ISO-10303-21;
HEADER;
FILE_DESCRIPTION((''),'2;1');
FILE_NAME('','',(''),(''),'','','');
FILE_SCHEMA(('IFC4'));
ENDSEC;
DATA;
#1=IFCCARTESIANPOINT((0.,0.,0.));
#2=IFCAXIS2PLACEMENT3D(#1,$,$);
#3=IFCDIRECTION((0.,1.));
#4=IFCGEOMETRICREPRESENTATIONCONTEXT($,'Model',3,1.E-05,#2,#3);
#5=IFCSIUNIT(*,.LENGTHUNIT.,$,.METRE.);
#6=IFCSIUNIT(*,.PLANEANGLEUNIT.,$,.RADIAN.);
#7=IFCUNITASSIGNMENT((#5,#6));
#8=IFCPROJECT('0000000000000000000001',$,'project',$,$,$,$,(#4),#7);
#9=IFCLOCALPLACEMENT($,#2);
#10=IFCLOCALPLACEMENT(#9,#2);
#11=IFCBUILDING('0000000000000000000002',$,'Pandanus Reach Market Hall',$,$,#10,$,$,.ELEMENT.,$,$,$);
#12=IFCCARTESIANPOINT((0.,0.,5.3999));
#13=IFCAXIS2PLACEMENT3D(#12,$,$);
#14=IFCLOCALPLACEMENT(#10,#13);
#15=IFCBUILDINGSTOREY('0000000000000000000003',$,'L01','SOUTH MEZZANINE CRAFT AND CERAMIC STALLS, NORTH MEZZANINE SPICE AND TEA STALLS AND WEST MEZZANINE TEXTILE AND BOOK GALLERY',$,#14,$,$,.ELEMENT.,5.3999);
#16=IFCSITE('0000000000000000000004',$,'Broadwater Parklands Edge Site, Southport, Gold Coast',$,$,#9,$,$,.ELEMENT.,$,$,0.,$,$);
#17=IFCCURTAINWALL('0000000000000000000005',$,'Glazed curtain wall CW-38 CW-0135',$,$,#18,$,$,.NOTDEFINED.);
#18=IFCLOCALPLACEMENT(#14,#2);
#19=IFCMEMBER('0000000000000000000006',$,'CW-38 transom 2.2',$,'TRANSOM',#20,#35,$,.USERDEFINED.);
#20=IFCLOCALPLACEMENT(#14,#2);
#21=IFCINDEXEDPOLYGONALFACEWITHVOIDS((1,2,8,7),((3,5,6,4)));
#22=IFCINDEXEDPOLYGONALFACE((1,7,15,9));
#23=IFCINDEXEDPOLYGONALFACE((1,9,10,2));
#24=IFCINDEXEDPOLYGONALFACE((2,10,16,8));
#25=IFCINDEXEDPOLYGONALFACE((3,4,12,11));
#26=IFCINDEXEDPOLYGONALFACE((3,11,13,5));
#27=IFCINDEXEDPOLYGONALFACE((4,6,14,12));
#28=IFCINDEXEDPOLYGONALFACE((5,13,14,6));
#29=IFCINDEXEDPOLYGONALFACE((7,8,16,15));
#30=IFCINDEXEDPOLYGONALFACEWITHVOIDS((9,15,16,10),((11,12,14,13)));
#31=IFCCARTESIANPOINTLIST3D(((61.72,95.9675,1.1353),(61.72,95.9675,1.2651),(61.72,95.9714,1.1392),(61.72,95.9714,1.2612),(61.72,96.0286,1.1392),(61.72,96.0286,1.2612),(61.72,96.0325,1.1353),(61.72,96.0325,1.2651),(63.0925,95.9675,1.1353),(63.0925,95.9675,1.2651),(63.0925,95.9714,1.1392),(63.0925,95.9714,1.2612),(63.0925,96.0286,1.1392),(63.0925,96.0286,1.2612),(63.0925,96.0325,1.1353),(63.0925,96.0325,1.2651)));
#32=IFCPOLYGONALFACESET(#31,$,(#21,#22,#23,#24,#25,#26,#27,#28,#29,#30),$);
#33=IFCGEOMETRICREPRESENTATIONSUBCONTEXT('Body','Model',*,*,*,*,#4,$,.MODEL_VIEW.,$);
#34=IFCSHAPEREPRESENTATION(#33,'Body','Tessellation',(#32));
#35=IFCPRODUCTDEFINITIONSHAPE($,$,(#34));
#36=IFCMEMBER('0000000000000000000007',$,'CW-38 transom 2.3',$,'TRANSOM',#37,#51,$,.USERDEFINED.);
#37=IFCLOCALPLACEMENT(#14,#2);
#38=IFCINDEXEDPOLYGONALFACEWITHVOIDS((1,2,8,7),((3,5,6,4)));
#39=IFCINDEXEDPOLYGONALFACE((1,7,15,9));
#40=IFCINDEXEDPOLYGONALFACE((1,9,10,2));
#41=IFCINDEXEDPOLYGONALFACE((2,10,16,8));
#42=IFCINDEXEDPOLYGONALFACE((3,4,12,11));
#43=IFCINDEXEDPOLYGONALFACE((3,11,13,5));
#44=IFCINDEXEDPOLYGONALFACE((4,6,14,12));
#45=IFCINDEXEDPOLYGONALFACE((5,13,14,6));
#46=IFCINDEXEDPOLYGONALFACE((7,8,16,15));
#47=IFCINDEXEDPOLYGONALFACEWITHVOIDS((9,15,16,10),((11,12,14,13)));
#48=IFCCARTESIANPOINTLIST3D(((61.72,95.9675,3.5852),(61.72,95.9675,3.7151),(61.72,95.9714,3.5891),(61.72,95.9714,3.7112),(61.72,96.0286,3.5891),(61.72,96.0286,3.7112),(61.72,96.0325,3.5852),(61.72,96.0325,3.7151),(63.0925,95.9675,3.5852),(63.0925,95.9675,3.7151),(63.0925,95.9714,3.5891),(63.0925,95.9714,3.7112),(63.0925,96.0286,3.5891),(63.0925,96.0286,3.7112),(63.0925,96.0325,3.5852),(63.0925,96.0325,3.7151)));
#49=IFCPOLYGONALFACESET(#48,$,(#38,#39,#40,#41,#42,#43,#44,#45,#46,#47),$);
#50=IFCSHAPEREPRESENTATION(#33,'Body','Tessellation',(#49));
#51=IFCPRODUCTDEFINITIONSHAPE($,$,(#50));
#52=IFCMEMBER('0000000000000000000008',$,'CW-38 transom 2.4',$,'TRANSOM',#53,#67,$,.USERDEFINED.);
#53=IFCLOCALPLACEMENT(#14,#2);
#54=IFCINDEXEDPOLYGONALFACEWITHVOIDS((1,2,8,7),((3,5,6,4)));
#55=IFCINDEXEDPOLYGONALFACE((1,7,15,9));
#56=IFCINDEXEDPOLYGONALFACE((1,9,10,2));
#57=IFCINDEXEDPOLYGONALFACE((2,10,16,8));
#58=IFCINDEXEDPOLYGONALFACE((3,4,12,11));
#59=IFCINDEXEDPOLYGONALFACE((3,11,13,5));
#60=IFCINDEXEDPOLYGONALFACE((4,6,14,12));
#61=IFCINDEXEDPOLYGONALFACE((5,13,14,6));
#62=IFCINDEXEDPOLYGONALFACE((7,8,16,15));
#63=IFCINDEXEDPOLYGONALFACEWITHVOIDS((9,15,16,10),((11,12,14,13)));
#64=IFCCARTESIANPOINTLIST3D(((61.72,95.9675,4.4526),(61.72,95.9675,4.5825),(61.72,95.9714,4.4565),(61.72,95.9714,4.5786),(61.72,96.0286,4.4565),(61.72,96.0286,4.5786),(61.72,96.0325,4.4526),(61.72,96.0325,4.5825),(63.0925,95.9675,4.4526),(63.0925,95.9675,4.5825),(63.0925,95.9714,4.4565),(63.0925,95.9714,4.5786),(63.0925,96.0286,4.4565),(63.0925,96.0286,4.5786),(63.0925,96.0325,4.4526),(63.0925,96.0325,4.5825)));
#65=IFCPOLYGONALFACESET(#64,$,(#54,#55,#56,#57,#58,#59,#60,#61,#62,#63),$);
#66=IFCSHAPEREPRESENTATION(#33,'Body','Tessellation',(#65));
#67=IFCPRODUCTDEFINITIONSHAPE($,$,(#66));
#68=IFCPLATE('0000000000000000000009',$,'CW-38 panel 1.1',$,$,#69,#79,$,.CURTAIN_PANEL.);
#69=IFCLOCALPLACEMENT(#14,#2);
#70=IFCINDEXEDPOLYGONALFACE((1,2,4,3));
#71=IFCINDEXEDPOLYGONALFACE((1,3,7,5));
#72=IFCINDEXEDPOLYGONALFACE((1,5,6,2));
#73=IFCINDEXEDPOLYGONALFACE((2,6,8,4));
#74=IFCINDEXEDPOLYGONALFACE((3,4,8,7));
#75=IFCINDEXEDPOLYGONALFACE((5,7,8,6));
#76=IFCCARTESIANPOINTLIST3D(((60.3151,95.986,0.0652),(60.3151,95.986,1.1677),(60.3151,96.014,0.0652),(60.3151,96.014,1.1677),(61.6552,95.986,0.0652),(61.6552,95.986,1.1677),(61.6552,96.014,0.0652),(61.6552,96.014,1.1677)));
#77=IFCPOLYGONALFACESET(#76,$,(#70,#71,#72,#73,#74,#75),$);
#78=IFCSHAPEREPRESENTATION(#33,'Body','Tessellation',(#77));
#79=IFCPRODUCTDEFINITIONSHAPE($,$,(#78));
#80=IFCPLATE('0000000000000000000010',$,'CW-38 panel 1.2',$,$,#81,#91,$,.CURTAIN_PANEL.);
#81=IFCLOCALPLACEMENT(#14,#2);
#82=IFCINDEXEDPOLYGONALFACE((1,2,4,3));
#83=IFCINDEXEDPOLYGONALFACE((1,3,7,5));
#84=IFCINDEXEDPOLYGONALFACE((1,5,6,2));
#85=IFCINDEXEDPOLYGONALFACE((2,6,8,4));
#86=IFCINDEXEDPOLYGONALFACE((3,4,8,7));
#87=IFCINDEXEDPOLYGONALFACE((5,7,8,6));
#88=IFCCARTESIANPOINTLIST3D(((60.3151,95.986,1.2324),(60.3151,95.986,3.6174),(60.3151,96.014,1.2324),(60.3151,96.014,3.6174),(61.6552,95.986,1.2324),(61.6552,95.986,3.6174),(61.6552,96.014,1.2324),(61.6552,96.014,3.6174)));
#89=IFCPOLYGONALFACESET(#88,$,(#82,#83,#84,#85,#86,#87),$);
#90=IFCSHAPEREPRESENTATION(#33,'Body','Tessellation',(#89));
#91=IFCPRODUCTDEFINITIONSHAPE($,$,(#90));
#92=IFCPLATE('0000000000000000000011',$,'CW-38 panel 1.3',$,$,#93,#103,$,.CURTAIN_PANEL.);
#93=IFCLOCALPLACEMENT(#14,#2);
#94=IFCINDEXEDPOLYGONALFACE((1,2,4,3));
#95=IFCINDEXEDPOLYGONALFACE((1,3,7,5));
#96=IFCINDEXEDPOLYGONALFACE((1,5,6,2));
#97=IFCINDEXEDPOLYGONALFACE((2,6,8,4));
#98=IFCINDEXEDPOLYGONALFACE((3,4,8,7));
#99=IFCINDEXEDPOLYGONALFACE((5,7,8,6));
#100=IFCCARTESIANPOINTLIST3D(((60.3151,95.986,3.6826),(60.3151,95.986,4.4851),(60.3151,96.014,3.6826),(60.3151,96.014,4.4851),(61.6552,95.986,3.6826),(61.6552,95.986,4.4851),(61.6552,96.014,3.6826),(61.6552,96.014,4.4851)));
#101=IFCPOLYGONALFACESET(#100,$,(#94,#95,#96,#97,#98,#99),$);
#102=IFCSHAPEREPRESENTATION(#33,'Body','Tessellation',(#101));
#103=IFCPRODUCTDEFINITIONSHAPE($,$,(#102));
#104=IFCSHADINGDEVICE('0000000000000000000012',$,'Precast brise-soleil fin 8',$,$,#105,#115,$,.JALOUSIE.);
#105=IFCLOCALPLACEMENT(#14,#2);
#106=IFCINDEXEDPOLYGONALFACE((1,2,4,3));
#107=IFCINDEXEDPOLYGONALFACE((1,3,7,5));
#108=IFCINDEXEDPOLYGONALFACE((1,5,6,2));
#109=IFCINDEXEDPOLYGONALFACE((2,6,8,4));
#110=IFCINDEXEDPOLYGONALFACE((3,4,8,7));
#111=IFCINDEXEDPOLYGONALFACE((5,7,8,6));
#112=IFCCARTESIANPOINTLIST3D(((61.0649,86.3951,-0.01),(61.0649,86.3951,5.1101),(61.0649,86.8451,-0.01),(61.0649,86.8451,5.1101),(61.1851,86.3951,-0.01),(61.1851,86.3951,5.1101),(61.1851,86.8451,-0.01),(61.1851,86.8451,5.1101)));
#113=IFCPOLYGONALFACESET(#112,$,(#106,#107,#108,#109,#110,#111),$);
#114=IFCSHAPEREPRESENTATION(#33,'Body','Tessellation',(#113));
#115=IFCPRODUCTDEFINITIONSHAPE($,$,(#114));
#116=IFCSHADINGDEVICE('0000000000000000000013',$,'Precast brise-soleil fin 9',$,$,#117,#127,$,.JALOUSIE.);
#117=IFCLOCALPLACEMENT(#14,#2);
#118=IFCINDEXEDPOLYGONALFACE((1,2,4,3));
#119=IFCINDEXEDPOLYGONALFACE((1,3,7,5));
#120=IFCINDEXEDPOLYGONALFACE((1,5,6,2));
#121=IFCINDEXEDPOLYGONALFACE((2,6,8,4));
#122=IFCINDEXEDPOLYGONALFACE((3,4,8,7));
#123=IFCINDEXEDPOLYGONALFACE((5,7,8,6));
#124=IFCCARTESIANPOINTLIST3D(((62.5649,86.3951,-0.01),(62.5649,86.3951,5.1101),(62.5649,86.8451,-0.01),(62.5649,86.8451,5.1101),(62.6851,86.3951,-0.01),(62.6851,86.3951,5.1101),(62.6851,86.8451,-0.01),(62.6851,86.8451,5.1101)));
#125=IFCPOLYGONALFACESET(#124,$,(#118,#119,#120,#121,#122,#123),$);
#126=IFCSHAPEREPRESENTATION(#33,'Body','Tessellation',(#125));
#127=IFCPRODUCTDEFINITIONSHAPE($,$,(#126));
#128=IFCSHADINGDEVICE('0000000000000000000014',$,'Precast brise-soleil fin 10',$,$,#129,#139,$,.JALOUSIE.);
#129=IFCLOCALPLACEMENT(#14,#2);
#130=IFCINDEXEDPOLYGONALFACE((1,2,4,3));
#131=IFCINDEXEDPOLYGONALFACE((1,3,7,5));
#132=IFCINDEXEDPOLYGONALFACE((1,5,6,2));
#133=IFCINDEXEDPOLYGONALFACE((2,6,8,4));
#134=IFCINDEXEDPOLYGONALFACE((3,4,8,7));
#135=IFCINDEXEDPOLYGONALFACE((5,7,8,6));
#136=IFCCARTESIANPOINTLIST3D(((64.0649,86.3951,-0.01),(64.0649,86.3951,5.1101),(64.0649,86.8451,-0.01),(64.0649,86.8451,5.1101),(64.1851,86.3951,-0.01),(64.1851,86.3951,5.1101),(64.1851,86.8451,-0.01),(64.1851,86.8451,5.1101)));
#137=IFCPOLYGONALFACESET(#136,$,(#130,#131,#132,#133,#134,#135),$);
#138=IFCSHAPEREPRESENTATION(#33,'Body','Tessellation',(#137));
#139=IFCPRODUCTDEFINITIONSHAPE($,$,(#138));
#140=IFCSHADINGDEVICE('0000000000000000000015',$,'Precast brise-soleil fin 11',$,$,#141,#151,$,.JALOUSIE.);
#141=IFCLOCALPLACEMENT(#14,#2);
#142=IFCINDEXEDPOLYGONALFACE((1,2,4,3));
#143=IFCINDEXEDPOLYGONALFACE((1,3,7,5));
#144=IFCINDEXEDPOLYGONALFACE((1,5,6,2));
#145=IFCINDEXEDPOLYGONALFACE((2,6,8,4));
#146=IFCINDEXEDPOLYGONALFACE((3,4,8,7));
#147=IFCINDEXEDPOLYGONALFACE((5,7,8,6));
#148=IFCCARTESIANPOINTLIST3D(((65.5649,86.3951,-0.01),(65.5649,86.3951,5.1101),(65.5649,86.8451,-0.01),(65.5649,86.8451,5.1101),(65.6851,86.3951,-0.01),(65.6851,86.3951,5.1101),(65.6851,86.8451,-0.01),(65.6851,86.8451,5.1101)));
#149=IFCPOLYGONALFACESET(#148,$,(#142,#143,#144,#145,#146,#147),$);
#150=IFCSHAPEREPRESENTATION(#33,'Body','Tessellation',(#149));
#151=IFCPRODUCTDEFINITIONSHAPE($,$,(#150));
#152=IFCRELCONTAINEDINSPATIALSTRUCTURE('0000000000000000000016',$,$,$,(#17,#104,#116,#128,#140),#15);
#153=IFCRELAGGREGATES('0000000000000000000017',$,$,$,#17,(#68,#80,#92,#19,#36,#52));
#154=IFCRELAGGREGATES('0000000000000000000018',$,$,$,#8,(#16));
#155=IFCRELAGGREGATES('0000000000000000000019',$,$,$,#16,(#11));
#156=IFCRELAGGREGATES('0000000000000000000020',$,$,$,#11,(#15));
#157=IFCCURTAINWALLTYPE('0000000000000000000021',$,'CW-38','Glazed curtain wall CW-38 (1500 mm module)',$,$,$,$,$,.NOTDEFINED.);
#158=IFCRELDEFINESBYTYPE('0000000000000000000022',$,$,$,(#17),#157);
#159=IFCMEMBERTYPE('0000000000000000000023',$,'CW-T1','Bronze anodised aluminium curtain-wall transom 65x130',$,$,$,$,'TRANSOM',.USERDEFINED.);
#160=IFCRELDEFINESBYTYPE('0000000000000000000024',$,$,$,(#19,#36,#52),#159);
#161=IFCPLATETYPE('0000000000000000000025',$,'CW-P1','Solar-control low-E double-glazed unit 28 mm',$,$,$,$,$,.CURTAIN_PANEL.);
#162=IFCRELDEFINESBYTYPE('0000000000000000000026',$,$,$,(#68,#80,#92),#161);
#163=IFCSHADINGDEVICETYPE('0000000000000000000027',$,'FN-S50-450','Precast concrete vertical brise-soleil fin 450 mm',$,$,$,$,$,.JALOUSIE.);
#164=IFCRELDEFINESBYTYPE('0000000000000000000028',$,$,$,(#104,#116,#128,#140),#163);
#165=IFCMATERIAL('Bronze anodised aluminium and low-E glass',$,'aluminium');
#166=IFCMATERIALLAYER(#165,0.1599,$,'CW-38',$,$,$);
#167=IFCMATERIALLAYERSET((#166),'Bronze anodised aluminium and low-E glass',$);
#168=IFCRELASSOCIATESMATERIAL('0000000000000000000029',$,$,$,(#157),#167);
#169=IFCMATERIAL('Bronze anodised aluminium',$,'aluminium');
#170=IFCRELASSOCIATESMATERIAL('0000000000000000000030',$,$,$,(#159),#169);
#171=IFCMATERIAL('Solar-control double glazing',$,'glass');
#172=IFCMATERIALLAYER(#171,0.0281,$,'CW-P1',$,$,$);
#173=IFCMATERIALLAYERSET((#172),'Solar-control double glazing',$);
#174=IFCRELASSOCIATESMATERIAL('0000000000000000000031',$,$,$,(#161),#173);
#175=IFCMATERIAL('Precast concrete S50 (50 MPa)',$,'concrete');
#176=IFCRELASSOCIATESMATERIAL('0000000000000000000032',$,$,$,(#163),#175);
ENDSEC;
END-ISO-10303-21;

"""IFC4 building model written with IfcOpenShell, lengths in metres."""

from ifc_helpers import new_model, si_unit, direction, frame, origin, origin_2d, place, context, subcontext, project, spatial, rectangle, hollow_rectangle, extrude, material, layer, layer_set, material_profile, profile_set, type_object, element, aggregate, save


model = new_model("IFC4")

# Units and contexts
model_context = context("Model", 3, precision=1e-05, world=origin(), true_north=direction((0.0, 1.0)))
body_context = subcontext(model_context, "Body", "Model", "MODEL_VIEW")
ifc_project = project(units=[si_unit("LENGTHUNIT", "METRE"), si_unit("PLANEANGLEUNIT", "RADIAN")], contexts=[model_context])

# Site, building, storey
site_placement = place(None, origin())
site = spatial("IfcSite", under=ifc_project, at=site_placement, Name="Broadwater Parklands Edge Site, Southport, Gold Coast", CompositionType="ELEMENT", RefElevation=0.0)
building_placement = place(site_placement, origin())
building = spatial("IfcBuilding", under=site, at=building_placement, Name="Pandanus Reach Market Hall", CompositionType="ELEMENT")
storey_placement = place(building_placement, frame((0.0, 0.0, 5.3999)))
storey = spatial("IfcBuildingStorey", under=building, at=storey_placement, Name="L01", Description="SOUTH MEZZANINE CRAFT AND CERAMIC STALLS, NORTH MEZZANINE SPICE AND TEA STALLS AND WEST MEZZANINE TEXTILE AND BOOK GALLERY", CompositionType="ELEMENT", Elevation=5.3999)

# Curtain wall, members, plates
ifc_material_1 = material(Name="Bronze anodised aluminium and low-E glass", Category="aluminium")
ifc_layer_1 = layer(ifc_material_1, 0.1599, Name="CW-38")
ifc_layer_set_1 = layer_set([ifc_layer_1], Name="Bronze anodised aluminium and low-E glass")
curtain_wall_type = type_object("IfcCurtainWallType", Name="CW-38", Description="Glazed curtain wall CW-38 (1500 mm module)", PredefinedType="NOTDEFINED", material=ifc_layer_set_1)
curtain_wall_placement = place(storey_placement, origin())
curtain_wall = element("IfcCurtainWall", 1, at=curtain_wall_placement, inside=storey, type_object=curtain_wall_type, Name="Glazed curtain wall CW-38 CW-0135", PredefinedType="NOTDEFINED")
ifc_material_2 = material(Name="Bronze anodised aluminium", Category="aluminium")
ifc_material_profile_1 = material_profile(ifc_material_2, hollow_rectangle(XDim=0.0649, YDim=0.1299, WallThickness=0.0039, at=origin_2d()), Name="ALU65x130", Category="LoadBearing")
ifc_profile_set_1 = profile_set([ifc_material_profile_1], Name="Bronze anodised aluminium")
member_type_1 = type_object("IfcMemberType", Name="CW-T1", Description="Bronze anodised aluminium curtain-wall transom 65x130", ElementType="TRANSOM", PredefinedType="USERDEFINED", material=ifc_profile_set_1)
member_1_placement = place(storey_placement, frame((61.72, 96.0, 1.2002), z_axis=(1.0, 0.0, 0.0), x_axis=(0.0, 1.0, 0.0)))
member_1 = element("IfcMember", 2, at=member_1_placement, type_object=member_type_1, Name="CW-38 transom 2.2", ObjectType="TRANSOM", PredefinedType="USERDEFINED", context=body_context, shape_type="SweptSolid", body=[
    extrude(hollow_rectangle(XDim=0.0649, YDim=0.1299, WallThickness=0.0039, at=origin_2d()), origin(), (0.0, 0.0, 1.0), 1.3726),
])
member_2_placement = place(storey_placement, frame((61.72, 96.0, 3.6501), z_axis=(1.0, 0.0, 0.0), x_axis=(0.0, 1.0, 0.0)))
member_2 = element("IfcMember", 3, at=member_2_placement, type_object=member_type_1, Name="CW-38 transom 2.3", ObjectType="TRANSOM", PredefinedType="USERDEFINED", context=body_context, shape_type="SweptSolid", body=[
    extrude(hollow_rectangle(XDim=0.0649, YDim=0.1299, WallThickness=0.0039, at=origin_2d()), origin(), (0.0, 0.0, 1.0), 1.3726),
])
member_3_placement = place(storey_placement, frame((61.72, 96.0, 4.5176), z_axis=(1.0, 0.0, 0.0), x_axis=(0.0, 1.0, 0.0)))
member_3 = element("IfcMember", 4, at=member_3_placement, type_object=member_type_1, Name="CW-38 transom 2.4", ObjectType="TRANSOM", PredefinedType="USERDEFINED", context=body_context, shape_type="SweptSolid", body=[
    extrude(hollow_rectangle(XDim=0.0649, YDim=0.1299, WallThickness=0.0039, at=origin_2d()), origin(), (0.0, 0.0, 1.0), 1.3726),
])
ifc_material_3 = material(Name="Solar-control double glazing", Category="glass")
ifc_layer_2 = layer(ifc_material_3, 0.0281, Name="CW-P1")
ifc_layer_set_2 = layer_set([ifc_layer_2], Name="Solar-control double glazing")
plate_type = type_object("IfcPlateType", Name="CW-P1", Description="Solar-control low-E double-glazed unit 28 mm", PredefinedType="CURTAIN_PANEL", material=ifc_layer_set_2)
plate_1_placement = place(storey_placement, frame((60.9851, 96.0, 0.0652), z_axis=(0.0, 0.0, 1.0), x_axis=(1.0, 0.0, 0.0)))
plate_1 = element("IfcPlate", 5, at=plate_1_placement, type_object=plate_type, Name="CW-38 panel 1.1", PredefinedType="CURTAIN_PANEL", context=body_context, shape_type="SweptSolid", body=[
    extrude(rectangle(XDim=1.3401, YDim=0.0281, at=origin_2d()), origin(), (0.0, 0.0, 1.0), 1.1025),
])
plate_2_placement = place(storey_placement, frame((60.9851, 96.0, 1.2324), z_axis=(0.0, 0.0, 1.0), x_axis=(1.0, 0.0, 0.0)))
plate_2 = element("IfcPlate", 6, at=plate_2_placement, type_object=plate_type, Name="CW-38 panel 1.2", PredefinedType="CURTAIN_PANEL", context=body_context, shape_type="SweptSolid", body=[
    extrude(rectangle(XDim=1.3401, YDim=0.0281, at=origin_2d()), origin(), (0.0, 0.0, 1.0), 2.385),
])
plate_3_placement = place(storey_placement, frame((60.9851, 96.0, 3.6826), z_axis=(0.0, 0.0, 1.0), x_axis=(1.0, 0.0, 0.0)))
plate_3 = element("IfcPlate", 7, at=plate_3_placement, type_object=plate_type, Name="CW-38 panel 1.3", PredefinedType="CURTAIN_PANEL", context=body_context, shape_type="SweptSolid", body=[
    extrude(rectangle(XDim=1.3401, YDim=0.0281, at=origin_2d()), origin(), (0.0, 0.0, 1.0), 0.8025),
])
aggregate(curtain_wall, [plate_1, plate_2, plate_3, member_1, member_2, member_3])

# Shading devices
ifc_material_4 = material(Name="Precast concrete S50 (50 MPa)", Category="concrete")
shading_device_type = type_object("IfcShadingDeviceType", Name="FN-S50-450", Description="Precast concrete vertical brise-soleil fin 450 mm", PredefinedType="JALOUSIE", material=ifc_material_4)
for number, where, z_axis, x_axis, name in (
    (8, (61.125, 86.6201, -0.01), (0.0, 0.0, 1.0), (0.0, 1.0, 0.0), "Precast brise-soleil fin 8"),
    (9, (62.625, 86.6201, -0.01), (0.0, 0.0, 1.0), (0.0, 1.0, 0.0), "Precast brise-soleil fin 9"),
    (10, (64.125, 86.6201, -0.01), (0.0, 0.0, 1.0), (0.0, 1.0, 0.0), "Precast brise-soleil fin 10"),
    (11, (65.625, 86.6201, -0.01), (0.0, 0.0, 1.0), (0.0, 1.0, 0.0), "Precast brise-soleil fin 11"),
):
    element("IfcShadingDevice", number, at=place(storey_placement, frame(where, z_axis=z_axis, x_axis=x_axis)), inside=storey, type_object=shading_device_type, Name=name, PredefinedType="JALOUSIE", context=body_context, shape_type="SweptSolid", body=[
        extrude(rectangle(XDim=0.45, YDim=0.1201, at=origin_2d()), origin(), (0.0, 0.0, 1.0), 5.1201),
    ])

save(model, "model.ifc")
